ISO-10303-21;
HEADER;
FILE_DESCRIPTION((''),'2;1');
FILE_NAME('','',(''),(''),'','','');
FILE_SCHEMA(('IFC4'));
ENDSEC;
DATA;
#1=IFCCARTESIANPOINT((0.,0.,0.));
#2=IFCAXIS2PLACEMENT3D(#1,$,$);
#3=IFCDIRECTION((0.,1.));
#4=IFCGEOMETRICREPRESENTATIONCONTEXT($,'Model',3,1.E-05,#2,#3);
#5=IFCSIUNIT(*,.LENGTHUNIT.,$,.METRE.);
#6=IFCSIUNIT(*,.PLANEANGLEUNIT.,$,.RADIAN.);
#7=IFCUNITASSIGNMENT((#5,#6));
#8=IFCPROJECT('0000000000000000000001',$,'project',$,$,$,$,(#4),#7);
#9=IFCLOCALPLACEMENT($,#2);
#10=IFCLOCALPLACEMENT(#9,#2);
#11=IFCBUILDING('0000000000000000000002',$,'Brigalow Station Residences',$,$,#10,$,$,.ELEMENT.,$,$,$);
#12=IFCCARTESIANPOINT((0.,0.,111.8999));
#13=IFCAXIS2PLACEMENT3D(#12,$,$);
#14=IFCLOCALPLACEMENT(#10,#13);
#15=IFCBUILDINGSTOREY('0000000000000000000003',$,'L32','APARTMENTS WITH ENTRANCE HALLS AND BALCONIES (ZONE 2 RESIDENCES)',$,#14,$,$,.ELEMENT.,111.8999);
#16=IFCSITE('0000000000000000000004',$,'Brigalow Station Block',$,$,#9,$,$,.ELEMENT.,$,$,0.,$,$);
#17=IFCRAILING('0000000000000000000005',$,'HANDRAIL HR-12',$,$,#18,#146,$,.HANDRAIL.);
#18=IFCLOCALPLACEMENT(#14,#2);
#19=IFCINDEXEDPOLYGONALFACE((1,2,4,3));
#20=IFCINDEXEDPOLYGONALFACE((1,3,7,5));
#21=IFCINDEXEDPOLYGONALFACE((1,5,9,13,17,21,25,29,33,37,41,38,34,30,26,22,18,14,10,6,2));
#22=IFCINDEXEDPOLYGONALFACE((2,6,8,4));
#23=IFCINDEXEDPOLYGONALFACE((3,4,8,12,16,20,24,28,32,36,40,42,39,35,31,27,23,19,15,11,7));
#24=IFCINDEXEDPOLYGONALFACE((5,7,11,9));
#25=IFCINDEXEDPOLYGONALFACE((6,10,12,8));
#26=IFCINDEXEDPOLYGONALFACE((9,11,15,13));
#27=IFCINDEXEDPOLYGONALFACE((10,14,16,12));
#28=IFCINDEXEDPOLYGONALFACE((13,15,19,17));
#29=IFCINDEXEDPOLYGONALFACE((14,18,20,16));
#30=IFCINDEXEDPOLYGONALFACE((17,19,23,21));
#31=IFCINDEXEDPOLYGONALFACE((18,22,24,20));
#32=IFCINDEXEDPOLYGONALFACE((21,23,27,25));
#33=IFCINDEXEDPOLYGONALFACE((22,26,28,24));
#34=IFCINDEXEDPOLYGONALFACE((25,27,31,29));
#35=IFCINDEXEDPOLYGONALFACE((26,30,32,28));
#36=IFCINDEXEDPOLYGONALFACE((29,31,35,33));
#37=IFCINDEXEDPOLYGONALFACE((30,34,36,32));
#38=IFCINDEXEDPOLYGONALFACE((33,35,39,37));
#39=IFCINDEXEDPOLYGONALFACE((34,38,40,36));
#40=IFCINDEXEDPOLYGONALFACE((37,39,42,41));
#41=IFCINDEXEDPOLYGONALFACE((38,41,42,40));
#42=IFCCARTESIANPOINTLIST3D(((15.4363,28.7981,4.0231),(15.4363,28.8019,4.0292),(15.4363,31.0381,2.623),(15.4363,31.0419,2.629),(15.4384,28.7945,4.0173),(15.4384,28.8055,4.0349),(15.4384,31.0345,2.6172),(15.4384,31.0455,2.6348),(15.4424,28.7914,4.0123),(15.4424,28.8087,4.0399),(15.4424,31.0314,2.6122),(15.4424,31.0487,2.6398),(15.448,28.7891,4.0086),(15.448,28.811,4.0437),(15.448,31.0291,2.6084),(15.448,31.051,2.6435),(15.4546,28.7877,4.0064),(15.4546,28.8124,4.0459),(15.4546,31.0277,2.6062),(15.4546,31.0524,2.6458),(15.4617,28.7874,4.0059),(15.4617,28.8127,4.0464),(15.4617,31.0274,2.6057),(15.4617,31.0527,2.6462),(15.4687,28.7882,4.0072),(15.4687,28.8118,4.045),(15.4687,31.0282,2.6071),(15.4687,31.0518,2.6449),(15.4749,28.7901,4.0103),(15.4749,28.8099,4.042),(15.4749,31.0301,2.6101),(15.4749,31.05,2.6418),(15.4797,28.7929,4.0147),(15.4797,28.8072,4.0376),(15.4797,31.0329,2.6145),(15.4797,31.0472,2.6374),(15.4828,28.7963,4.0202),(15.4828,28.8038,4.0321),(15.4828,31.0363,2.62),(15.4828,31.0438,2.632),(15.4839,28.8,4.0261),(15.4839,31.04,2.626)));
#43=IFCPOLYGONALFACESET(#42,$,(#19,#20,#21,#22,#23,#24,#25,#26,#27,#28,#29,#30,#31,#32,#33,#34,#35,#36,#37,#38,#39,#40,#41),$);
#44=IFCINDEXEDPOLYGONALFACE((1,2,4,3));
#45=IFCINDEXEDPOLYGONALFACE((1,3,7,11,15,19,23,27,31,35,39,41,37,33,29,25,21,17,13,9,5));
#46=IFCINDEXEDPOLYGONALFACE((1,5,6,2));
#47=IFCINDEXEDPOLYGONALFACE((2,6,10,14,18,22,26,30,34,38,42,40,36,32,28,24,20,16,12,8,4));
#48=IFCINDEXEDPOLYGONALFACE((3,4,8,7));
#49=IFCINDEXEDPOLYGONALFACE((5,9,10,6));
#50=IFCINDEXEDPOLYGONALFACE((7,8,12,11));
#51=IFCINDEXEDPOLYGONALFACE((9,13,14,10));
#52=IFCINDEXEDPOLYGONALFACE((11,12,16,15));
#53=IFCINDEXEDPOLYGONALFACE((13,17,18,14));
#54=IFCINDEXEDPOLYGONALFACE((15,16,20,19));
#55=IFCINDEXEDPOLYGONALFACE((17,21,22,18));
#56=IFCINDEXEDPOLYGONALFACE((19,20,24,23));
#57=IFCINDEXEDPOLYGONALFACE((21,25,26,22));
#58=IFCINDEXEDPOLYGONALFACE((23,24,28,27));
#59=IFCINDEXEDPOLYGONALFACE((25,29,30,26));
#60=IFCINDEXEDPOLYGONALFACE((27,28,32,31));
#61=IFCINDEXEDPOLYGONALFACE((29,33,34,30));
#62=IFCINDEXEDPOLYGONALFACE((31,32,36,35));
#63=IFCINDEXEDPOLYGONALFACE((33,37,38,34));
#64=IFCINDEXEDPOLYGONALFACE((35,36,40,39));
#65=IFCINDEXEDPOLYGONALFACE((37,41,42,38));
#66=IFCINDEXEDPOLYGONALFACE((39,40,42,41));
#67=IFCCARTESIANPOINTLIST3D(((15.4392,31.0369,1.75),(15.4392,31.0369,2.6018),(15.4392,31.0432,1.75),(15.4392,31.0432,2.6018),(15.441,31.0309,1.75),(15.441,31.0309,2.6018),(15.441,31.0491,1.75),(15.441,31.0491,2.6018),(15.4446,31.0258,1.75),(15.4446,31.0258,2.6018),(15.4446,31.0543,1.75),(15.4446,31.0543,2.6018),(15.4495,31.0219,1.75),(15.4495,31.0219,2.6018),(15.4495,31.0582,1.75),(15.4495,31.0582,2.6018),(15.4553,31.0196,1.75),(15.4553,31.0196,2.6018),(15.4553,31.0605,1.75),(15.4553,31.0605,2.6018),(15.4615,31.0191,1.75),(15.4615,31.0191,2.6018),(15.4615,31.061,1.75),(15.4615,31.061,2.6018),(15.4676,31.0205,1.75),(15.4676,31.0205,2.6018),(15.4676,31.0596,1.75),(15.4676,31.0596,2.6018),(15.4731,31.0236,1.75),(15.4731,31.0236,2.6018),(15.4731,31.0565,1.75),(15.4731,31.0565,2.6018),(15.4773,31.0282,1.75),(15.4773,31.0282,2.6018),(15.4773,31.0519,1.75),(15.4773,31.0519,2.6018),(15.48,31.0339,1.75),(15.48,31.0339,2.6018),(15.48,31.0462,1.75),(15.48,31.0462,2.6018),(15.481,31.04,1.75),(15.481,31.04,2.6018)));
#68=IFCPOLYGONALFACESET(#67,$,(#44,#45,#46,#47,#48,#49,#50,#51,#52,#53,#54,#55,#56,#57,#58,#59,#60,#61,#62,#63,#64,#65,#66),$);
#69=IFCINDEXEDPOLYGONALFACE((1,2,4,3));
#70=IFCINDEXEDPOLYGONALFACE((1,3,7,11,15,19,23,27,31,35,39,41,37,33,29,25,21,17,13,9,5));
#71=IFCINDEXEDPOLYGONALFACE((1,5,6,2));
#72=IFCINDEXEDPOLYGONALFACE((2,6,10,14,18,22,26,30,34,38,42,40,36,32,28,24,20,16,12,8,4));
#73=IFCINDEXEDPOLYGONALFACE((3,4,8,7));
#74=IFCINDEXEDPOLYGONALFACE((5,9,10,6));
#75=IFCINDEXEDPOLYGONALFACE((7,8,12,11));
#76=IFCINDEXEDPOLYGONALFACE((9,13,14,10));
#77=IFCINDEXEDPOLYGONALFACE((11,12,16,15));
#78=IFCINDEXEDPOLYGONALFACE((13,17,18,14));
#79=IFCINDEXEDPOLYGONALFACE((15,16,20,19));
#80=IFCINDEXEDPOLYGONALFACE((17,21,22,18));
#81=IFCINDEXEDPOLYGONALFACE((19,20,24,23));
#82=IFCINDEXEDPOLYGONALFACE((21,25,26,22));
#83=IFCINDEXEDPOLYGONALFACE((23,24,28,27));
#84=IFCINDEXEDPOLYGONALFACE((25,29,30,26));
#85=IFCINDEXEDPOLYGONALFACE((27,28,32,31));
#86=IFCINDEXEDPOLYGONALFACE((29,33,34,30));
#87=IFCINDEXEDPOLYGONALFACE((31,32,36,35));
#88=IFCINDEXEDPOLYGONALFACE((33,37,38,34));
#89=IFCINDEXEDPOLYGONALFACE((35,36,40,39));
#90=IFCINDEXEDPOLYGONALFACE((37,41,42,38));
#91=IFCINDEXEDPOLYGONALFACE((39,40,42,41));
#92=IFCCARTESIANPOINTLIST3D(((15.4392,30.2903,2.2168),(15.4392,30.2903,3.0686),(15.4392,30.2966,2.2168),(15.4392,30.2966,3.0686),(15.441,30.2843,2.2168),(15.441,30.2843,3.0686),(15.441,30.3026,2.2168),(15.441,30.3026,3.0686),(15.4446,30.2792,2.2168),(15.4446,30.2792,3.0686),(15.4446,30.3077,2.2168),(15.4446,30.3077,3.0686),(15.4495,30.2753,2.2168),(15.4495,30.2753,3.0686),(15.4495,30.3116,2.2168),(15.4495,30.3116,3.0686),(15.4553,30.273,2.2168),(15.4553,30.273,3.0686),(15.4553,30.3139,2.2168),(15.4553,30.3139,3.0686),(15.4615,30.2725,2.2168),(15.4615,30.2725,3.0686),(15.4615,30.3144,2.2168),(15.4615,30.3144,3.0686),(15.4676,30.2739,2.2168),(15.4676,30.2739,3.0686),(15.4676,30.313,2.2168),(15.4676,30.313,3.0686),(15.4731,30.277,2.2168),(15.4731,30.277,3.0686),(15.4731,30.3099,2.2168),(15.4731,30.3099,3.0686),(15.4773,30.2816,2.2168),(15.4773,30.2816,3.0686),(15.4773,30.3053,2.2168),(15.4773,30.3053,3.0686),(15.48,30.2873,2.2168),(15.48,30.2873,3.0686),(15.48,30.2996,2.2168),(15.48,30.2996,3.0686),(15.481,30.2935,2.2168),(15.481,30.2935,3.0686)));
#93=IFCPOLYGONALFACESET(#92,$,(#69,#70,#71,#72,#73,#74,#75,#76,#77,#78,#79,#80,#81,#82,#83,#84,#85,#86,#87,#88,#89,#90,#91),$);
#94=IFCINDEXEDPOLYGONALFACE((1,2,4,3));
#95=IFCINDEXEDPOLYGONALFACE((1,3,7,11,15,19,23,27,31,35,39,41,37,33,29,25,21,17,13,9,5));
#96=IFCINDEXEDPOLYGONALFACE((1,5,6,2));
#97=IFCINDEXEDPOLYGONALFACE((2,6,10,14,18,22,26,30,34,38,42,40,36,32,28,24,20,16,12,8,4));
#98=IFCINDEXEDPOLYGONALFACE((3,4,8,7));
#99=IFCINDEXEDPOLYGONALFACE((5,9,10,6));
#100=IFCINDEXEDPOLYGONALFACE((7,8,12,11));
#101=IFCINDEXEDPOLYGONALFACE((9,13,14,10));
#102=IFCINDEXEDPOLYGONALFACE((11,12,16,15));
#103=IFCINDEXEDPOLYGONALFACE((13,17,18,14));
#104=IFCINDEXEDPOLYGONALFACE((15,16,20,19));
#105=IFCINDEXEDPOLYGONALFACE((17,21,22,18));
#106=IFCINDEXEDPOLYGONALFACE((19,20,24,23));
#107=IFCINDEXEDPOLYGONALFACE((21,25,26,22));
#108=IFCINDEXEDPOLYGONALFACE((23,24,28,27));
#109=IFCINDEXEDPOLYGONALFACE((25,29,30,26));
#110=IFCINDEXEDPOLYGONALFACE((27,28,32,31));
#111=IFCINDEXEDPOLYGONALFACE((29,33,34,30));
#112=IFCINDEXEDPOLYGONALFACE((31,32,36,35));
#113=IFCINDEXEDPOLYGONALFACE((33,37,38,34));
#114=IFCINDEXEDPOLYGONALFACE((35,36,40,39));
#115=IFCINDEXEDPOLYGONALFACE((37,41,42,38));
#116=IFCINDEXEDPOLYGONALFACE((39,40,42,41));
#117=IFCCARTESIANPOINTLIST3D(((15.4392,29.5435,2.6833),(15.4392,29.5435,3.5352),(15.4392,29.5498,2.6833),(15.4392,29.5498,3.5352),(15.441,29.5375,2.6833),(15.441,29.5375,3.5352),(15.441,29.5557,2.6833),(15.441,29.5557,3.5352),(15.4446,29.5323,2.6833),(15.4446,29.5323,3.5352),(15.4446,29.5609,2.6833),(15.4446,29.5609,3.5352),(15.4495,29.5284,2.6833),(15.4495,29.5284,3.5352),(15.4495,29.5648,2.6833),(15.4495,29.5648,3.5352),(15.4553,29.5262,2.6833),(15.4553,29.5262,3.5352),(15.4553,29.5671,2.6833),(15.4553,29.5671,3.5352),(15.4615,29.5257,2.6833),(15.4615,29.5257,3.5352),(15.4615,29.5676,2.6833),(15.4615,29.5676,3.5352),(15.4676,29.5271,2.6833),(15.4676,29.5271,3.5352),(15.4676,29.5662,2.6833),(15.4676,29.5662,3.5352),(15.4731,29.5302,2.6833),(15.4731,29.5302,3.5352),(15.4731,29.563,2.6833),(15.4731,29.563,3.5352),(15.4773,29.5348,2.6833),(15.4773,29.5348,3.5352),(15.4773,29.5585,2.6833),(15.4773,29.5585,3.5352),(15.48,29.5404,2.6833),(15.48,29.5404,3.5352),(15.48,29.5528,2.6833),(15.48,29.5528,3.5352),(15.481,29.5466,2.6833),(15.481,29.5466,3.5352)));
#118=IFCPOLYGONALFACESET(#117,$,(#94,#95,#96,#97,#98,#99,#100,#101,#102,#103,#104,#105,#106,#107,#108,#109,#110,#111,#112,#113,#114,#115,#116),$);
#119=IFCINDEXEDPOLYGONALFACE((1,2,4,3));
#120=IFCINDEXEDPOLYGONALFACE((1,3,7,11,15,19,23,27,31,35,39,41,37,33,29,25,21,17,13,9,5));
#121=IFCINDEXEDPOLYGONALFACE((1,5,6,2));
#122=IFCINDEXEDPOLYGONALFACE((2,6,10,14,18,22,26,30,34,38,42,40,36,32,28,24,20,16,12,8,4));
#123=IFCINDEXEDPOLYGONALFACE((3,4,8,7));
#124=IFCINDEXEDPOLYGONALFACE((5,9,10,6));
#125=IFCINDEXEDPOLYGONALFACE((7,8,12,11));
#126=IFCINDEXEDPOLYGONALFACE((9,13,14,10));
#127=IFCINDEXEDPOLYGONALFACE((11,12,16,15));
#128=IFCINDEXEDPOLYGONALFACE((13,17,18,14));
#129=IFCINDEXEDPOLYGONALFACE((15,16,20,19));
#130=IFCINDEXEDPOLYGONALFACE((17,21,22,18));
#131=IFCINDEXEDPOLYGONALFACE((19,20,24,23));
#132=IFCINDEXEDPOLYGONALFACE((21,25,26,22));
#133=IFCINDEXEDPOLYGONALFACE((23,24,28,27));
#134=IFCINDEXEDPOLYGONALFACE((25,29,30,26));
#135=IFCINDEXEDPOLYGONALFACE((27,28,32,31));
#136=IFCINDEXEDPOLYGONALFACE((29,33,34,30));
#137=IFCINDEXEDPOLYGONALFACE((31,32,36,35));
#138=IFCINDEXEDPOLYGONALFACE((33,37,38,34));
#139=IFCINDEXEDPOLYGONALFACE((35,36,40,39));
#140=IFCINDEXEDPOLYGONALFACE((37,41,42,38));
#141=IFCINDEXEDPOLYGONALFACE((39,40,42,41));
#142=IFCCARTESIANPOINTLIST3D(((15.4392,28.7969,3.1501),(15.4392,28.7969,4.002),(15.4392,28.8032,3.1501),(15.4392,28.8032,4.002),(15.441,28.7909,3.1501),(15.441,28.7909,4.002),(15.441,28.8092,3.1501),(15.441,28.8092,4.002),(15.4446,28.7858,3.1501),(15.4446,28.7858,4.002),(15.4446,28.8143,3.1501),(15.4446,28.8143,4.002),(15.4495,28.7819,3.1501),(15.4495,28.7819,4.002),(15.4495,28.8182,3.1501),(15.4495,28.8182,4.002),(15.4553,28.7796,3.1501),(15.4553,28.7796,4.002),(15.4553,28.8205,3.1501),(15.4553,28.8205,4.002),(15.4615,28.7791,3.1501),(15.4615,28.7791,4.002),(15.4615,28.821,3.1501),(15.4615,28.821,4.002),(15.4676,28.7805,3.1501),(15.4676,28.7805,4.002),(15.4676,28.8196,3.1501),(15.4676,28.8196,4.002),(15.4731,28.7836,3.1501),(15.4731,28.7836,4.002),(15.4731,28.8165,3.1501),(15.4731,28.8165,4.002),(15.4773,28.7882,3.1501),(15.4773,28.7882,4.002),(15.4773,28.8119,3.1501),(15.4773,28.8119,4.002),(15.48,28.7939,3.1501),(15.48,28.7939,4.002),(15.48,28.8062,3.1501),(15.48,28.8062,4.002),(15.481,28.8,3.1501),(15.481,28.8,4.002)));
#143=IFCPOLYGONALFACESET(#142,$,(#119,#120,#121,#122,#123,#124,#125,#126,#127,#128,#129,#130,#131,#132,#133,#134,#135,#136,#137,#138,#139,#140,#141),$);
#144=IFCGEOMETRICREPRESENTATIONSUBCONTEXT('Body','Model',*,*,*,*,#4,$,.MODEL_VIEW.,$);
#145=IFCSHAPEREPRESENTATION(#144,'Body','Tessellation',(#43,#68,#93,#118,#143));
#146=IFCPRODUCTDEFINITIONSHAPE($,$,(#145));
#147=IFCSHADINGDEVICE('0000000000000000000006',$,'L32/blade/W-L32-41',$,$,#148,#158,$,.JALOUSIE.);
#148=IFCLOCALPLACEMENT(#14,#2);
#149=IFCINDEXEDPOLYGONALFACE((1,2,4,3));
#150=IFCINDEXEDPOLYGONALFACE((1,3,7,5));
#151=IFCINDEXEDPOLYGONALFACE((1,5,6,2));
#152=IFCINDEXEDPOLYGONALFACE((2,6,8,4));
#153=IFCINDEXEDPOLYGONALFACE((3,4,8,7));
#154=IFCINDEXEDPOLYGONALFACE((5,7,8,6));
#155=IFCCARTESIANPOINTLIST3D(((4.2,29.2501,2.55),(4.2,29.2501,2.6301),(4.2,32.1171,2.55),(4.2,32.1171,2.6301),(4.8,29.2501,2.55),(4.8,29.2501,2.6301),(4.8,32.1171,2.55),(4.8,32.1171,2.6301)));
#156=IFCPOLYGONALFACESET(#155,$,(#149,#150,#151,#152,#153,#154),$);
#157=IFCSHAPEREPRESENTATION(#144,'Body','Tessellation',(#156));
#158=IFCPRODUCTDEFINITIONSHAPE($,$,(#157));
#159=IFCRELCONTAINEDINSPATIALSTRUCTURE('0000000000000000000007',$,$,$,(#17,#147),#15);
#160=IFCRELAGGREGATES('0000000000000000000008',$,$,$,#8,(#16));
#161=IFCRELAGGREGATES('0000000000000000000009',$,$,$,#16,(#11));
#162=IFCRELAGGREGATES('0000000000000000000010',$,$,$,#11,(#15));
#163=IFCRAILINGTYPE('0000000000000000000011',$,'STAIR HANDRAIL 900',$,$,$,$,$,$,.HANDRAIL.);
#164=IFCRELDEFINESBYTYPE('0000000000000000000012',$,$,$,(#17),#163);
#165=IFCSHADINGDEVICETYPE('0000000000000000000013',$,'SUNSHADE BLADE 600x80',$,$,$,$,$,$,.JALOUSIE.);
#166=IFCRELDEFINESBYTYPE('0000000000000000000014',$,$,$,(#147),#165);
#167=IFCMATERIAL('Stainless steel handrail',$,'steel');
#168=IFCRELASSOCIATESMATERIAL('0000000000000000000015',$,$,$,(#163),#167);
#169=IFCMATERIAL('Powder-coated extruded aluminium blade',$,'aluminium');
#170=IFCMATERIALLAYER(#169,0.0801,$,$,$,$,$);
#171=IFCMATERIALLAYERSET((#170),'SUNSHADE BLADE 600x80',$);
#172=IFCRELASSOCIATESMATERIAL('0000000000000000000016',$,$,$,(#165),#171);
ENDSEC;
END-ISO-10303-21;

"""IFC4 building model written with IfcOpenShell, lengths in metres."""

from ifc_helpers import new_model, si_unit, direction, frame, origin, origin_2d, place, context, subcontext, project, spatial, rectangle, circle, extrude, material, layer, layer_set, type_object, element, save


model = new_model("IFC4")

# Units and contexts
model_context = context("Model", 3, precision=1e-05, world=origin(), true_north=direction((0.0, 1.0)))
body_context = subcontext(model_context, "Body", "Model", "MODEL_VIEW")
ifc_project = project(units=[si_unit("LENGTHUNIT", "METRE"), si_unit("PLANEANGLEUNIT", "RADIAN")], contexts=[model_context])

# Site, building, storey
site_placement = place(None, origin())
site = spatial("IfcSite", under=ifc_project, at=site_placement, Name="Brigalow Station Block", CompositionType="ELEMENT", RefElevation=0.0)
building_placement = place(site_placement, origin())
building = spatial("IfcBuilding", under=site, at=building_placement, Name="Brigalow Station Residences", CompositionType="ELEMENT")
storey_placement = place(building_placement, frame((0.0, 0.0, 111.8999)))
storey = spatial("IfcBuildingStorey", under=building, at=storey_placement, Name="L32", Description="APARTMENTS WITH ENTRANCE HALLS AND BALCONIES (ZONE 2 RESIDENCES)", CompositionType="ELEMENT", Elevation=111.8999)

# Railing
ifc_material_1 = material(Name="Stainless steel handrail", Category="steel")
railing_type_1 = type_object("IfcRailingType", Name="STAIR HANDRAIL 900", PredefinedType="HANDRAIL", material=ifc_material_1)
railing_1_placement = place(storey_placement, frame((15.46, 31.04, 1.75)))
element("IfcRailing", 1, at=railing_1_placement, inside=storey, type_object=railing_type_1, Name="HANDRAIL HR-12", PredefinedType="HANDRAIL", context=body_context, shape_type="SweptSolid", body=[
    extrude(circle(Radius=0.0239, at=origin_2d()), frame((0.0, 0.0, 0.876), z_axis=(0.0, -0.847972, 0.53004), x_axis=(1.0, 0.0, 0.0)), (0.0, 0.0, 1.0), 2.6416),
    extrude(circle(Radius=0.021, at=origin_2d()), origin(), (0.0, 0.0, 1.0), 0.8518),
    extrude(circle(Radius=0.021, at=origin_2d()), frame((0.0, -0.7466, 0.4668)), (0.0, 0.0, 1.0), 0.8518),
    extrude(circle(Radius=0.021, at=origin_2d()), frame((0.0, -1.4934, 0.9333)), (0.0, 0.0, 1.0), 0.8518),
    extrude(circle(Radius=0.021, at=origin_2d()), frame((0.0, -2.24, 1.4001)), (0.0, 0.0, 1.0), 0.8518),
])

# Shading device
ifc_material_2 = material(Name="Powder-coated extruded aluminium blade", Category="aluminium")
ifc_layer_1 = layer(ifc_material_2, 0.0801)
ifc_layer_set_1 = layer_set([ifc_layer_1], Name="SUNSHADE BLADE 600x80")
shading_device_type = type_object("IfcShadingDeviceType", Name="SUNSHADE BLADE 600x80", PredefinedType="JALOUSIE", material=ifc_layer_set_1)
shading_device_placement = place(storey_placement, frame((4.5, 30.6836, 2.55), z_axis=(0.0, 0.0, 1.0), x_axis=(0.0, -1.0, 0.0)))
element("IfcShadingDevice", 2, at=shading_device_placement, inside=storey, type_object=shading_device_type, Name="L32/blade/W-L32-41", PredefinedType="JALOUSIE", context=body_context, shape_type="SweptSolid", body=[
    extrude(rectangle(XDim=2.8669, YDim=0.6001, at=origin_2d()), origin(), (0.0, 0.0, 1.0), 0.0801),
])

save(model, "model.ifc")
